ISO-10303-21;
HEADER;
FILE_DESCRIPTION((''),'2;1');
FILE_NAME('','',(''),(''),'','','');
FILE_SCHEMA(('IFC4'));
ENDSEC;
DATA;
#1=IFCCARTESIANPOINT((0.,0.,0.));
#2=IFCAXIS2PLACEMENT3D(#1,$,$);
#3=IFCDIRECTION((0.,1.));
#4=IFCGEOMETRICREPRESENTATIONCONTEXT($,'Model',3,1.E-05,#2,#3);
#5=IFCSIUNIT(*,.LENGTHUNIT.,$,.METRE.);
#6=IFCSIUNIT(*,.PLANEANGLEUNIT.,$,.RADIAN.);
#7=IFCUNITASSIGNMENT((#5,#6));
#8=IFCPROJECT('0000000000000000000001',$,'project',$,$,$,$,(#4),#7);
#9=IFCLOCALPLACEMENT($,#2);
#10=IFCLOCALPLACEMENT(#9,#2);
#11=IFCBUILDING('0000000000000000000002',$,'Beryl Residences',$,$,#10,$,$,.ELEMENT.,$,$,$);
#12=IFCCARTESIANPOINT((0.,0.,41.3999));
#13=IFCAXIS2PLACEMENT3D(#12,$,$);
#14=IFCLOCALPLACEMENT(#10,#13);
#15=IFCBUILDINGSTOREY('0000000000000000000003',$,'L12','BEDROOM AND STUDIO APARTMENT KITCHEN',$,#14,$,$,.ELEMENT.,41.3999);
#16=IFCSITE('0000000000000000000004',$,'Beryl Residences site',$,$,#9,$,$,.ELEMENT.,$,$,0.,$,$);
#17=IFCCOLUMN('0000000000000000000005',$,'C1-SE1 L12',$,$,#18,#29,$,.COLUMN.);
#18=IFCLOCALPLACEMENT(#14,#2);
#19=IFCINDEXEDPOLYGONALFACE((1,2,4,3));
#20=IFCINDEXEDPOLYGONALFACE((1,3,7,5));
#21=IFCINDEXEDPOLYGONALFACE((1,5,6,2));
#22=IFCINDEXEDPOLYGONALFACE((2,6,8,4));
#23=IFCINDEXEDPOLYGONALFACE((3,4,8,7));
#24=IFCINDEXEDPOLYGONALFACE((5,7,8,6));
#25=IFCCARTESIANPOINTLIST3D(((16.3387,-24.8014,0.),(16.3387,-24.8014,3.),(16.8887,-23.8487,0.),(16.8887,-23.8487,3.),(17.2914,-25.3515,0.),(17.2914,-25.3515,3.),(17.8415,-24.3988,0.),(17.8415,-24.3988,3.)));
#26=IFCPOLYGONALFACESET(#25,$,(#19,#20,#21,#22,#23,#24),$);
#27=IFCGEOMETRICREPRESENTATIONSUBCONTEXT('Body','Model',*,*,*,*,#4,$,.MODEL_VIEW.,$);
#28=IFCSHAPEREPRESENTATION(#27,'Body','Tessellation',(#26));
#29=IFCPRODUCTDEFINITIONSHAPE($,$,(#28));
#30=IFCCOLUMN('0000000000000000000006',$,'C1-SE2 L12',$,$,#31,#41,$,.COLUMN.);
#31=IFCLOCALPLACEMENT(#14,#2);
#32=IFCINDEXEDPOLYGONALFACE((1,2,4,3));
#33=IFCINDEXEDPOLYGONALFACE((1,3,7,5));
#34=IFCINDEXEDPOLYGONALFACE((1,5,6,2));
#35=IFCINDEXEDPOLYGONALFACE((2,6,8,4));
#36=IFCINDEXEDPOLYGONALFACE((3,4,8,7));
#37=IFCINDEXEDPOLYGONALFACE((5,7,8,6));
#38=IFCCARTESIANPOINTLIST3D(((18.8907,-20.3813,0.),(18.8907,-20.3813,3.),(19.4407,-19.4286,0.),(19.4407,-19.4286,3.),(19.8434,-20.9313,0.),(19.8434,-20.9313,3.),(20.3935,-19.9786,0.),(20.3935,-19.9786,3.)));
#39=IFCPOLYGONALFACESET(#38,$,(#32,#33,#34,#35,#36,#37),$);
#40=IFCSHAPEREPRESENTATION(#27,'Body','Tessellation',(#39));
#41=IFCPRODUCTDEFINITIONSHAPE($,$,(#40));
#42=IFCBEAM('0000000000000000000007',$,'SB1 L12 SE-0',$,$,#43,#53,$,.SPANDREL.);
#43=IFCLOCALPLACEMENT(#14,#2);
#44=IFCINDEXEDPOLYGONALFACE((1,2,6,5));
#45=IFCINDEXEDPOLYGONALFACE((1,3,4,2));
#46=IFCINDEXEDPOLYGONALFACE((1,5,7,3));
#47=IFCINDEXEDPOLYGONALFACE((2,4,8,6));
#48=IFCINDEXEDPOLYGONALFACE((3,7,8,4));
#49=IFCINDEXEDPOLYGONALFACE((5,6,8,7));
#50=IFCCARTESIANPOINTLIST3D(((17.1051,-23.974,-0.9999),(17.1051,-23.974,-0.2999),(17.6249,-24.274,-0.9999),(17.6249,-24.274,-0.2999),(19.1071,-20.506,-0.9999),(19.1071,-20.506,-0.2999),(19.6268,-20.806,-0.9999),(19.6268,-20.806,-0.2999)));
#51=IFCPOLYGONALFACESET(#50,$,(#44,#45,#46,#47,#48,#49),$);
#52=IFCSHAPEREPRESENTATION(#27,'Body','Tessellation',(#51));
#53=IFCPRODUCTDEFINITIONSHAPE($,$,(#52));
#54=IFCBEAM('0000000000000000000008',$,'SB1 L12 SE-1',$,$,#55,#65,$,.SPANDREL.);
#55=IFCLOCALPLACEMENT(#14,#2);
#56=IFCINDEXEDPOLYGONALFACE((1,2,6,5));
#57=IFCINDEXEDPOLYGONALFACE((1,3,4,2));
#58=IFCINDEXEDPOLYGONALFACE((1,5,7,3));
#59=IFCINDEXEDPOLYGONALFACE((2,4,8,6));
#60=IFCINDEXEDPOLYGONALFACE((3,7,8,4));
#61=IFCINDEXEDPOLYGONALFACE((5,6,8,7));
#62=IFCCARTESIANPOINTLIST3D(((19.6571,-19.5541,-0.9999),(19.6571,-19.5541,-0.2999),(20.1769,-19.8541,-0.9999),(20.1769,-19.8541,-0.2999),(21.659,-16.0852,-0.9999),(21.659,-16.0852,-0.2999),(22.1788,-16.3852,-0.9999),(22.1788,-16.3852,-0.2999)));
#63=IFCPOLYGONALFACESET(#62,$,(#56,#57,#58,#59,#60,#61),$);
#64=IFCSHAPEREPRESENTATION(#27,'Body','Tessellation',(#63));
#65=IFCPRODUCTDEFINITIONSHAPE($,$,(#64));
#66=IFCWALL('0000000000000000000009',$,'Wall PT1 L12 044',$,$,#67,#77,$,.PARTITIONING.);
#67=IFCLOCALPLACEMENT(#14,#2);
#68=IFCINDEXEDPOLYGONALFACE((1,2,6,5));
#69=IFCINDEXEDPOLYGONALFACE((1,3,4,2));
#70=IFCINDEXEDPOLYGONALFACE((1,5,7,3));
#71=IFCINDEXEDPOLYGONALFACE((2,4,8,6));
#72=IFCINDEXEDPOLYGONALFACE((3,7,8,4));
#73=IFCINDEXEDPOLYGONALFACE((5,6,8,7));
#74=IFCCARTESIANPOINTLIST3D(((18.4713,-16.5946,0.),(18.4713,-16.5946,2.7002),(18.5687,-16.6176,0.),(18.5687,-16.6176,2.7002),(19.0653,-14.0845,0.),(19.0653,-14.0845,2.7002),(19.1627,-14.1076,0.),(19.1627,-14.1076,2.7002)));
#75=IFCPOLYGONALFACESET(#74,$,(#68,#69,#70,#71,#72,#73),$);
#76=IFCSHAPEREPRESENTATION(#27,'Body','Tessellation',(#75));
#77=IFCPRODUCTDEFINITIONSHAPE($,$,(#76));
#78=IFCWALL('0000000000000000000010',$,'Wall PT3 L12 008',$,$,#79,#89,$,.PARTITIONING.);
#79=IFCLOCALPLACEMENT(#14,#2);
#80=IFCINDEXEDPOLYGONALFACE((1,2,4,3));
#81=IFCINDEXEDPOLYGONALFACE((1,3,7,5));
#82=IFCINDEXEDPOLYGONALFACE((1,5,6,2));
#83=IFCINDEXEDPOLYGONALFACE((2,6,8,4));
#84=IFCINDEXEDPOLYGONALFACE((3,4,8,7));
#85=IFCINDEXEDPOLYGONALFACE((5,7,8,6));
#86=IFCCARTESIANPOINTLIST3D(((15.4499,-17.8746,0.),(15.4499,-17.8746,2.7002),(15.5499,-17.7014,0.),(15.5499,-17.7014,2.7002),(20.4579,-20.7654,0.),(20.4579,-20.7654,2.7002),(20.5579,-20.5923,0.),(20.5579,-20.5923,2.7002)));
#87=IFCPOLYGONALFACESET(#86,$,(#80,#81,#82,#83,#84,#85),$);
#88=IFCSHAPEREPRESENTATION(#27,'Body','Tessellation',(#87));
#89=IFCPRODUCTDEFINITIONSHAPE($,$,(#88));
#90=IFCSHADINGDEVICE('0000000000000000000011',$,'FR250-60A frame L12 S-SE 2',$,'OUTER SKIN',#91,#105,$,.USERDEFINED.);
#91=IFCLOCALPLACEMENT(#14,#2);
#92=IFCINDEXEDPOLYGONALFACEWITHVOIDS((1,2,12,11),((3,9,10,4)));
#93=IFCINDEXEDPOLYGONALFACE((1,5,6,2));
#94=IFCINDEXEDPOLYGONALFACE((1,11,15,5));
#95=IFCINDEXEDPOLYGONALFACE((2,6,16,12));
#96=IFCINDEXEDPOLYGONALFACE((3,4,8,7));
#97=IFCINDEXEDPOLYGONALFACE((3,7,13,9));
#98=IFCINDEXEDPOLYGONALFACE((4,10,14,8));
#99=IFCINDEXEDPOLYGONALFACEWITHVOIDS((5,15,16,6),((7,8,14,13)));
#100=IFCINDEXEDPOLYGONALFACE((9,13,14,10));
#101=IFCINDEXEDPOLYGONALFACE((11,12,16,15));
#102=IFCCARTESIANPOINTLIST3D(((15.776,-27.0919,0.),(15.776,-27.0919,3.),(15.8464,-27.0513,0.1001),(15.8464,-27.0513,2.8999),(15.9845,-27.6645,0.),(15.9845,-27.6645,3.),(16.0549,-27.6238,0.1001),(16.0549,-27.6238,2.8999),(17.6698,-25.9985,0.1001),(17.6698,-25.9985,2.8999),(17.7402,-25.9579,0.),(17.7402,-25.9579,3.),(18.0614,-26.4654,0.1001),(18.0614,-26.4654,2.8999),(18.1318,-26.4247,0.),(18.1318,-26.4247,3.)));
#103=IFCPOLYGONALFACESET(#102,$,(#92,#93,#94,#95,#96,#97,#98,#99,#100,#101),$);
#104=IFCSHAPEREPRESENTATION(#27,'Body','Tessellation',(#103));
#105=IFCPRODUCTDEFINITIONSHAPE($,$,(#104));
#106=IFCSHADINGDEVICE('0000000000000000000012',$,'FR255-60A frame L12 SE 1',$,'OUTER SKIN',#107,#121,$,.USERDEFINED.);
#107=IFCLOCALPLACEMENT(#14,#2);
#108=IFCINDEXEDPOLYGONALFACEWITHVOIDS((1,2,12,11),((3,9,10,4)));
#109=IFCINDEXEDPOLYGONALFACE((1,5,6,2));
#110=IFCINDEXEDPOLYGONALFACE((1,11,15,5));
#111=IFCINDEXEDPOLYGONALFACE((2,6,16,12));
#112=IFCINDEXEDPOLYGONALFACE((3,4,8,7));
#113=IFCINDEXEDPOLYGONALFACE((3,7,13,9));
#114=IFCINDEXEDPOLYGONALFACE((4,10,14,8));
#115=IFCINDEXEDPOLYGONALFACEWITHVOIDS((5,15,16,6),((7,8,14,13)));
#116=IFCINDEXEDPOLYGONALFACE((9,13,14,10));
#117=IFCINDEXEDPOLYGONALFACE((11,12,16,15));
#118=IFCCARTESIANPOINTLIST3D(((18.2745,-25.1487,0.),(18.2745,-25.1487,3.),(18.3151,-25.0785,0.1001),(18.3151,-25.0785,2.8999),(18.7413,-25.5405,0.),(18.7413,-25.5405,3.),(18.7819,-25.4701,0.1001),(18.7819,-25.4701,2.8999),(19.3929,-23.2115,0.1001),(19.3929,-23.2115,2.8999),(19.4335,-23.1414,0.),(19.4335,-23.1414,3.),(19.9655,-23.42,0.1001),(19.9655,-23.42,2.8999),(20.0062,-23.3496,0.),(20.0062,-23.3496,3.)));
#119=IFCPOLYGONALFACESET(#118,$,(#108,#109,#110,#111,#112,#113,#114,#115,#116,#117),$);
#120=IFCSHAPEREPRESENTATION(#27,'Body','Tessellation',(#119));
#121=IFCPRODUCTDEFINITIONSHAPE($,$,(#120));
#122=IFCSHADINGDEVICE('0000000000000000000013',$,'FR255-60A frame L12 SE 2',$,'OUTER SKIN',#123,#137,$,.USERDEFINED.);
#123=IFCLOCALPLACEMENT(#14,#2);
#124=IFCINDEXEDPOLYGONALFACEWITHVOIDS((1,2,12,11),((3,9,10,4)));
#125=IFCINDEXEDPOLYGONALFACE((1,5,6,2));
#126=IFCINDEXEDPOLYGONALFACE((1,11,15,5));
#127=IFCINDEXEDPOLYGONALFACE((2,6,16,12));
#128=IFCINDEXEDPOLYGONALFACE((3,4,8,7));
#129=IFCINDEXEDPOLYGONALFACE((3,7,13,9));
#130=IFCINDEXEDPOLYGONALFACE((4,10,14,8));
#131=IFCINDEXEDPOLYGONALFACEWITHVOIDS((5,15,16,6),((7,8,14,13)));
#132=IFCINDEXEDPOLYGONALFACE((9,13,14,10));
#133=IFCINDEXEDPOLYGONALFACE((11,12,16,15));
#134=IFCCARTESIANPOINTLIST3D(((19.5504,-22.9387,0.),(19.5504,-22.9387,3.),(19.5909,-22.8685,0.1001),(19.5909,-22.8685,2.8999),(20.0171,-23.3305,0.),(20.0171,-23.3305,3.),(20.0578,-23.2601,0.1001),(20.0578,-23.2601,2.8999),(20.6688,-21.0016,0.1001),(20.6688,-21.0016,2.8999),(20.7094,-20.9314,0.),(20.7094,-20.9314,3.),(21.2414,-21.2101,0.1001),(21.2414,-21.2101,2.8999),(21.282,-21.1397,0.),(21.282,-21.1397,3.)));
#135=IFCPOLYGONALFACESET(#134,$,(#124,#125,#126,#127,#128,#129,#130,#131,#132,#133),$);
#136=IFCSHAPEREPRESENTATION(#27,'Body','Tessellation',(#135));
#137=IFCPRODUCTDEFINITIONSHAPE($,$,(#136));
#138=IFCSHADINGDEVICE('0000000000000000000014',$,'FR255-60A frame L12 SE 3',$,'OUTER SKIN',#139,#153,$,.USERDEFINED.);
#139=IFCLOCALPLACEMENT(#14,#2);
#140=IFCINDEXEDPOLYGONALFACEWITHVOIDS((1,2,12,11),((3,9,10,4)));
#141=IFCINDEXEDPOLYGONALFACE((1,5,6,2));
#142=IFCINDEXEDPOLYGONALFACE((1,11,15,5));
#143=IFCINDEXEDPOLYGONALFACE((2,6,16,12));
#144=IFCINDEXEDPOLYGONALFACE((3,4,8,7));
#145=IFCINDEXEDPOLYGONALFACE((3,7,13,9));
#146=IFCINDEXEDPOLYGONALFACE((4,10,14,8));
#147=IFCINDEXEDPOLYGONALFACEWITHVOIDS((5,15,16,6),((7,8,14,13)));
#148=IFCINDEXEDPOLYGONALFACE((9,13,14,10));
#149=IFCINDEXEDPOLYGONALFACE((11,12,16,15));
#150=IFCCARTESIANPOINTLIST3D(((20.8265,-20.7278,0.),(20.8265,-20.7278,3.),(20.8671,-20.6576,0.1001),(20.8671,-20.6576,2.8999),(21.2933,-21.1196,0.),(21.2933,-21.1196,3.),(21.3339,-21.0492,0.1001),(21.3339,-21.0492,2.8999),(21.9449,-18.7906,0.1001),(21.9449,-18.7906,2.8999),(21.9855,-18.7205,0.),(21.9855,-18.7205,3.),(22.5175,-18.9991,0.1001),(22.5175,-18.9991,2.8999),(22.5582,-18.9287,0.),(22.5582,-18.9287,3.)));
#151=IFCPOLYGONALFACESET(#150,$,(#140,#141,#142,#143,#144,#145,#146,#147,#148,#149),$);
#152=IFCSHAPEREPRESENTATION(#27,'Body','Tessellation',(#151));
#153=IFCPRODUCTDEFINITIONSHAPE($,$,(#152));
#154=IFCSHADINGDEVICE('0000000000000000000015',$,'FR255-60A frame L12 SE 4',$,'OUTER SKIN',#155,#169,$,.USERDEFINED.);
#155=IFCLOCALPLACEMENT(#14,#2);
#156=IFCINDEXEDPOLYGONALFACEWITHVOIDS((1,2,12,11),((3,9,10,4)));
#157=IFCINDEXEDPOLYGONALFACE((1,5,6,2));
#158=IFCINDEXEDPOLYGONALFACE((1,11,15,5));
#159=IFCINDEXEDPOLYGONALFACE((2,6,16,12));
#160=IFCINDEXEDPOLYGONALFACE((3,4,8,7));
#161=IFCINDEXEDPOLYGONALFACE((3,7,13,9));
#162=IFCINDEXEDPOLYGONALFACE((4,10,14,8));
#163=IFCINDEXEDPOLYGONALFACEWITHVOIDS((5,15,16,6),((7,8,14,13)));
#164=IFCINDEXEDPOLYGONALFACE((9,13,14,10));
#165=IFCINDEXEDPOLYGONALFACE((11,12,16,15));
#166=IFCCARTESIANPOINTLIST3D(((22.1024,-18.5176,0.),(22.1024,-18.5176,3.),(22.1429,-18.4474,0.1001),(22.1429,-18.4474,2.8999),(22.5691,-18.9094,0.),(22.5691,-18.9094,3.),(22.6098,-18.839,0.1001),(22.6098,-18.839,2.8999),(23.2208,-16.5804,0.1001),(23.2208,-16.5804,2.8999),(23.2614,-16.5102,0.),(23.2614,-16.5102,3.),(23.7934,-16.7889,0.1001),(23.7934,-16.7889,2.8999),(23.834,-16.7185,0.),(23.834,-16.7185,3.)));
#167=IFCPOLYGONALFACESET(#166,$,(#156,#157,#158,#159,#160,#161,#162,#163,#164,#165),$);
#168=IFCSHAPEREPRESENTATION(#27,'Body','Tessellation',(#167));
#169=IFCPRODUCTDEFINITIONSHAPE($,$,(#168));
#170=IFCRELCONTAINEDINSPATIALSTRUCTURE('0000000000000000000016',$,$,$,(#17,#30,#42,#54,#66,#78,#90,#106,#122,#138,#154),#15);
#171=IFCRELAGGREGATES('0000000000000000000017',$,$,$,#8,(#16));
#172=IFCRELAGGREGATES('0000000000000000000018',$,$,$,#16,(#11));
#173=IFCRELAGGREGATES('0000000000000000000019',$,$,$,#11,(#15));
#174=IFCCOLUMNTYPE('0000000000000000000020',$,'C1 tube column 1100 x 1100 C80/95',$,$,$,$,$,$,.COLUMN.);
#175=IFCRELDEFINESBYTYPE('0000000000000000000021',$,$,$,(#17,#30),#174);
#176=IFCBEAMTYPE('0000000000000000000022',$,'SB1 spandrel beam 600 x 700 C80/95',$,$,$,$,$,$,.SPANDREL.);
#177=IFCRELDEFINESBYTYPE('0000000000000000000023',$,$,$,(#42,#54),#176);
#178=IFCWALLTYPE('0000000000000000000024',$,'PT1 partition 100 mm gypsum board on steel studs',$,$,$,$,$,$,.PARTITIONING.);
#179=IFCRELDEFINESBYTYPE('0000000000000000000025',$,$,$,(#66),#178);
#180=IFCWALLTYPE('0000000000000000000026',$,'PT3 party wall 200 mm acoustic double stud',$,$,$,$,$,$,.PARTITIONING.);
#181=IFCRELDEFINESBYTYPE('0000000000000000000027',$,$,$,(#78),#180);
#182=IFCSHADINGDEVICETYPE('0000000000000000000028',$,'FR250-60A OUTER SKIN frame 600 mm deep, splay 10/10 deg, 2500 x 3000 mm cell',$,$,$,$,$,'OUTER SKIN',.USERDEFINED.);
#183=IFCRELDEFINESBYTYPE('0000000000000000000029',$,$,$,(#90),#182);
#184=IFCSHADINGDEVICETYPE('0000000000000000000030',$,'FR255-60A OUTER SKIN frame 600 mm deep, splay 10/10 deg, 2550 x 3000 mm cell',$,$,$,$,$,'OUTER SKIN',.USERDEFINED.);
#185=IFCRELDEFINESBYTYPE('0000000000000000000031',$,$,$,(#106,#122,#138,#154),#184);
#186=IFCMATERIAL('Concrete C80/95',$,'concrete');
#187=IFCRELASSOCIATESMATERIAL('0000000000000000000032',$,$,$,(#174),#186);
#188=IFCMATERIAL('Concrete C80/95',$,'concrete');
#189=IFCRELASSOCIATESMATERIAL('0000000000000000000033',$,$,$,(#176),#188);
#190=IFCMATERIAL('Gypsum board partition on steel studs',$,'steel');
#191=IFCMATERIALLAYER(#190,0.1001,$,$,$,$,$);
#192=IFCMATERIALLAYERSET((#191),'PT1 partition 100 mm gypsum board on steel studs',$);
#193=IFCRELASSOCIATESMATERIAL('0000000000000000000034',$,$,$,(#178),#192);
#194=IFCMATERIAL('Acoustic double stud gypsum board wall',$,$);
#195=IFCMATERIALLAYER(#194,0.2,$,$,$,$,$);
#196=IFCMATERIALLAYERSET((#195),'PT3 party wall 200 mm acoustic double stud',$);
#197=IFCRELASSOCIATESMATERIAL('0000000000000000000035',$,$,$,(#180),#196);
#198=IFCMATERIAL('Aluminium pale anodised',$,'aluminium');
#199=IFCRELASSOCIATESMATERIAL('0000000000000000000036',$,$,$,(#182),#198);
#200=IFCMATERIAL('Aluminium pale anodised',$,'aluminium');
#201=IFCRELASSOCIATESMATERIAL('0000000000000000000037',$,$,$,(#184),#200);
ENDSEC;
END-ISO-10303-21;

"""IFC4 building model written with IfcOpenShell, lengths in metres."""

from ifc_helpers import new_model, entity, si_unit, direction, frame, frame_2d, origin, origin_2d, place, context, subcontext, project, spatial, rectangle, extrude, source, transform, mapped, material, layer, layer_set, material_profile, profile_set, type_object, type_shapes, element, save


model = new_model("IFC4")

# Units and contexts
model_context = context("Model", 3, precision=1e-05, world=origin(), true_north=direction((0.0, 1.0)))
body_context = subcontext(model_context, "Body", "Model", "MODEL_VIEW")
ifc_project = project(units=[si_unit("LENGTHUNIT", "METRE"), si_unit("PLANEANGLEUNIT", "RADIAN")], contexts=[model_context])

# Site, building, storey
site_placement = place(None, origin())
site = spatial("IfcSite", under=ifc_project, at=site_placement, Name="Beryl Residences site", CompositionType="ELEMENT", RefElevation=0.0)
building_placement = place(site_placement, origin())
building = spatial("IfcBuilding", under=site, at=building_placement, Name="Beryl Residences", CompositionType="ELEMENT")
storey_placement = place(building_placement, frame((0.0, 0.0, 41.3999)))
storey = spatial("IfcBuildingStorey", under=building, at=storey_placement, Name="L12", Description="BEDROOM AND STUDIO APARTMENT KITCHEN", CompositionType="ELEMENT", Elevation=41.3999)

# Columns
ifc_material_1 = material(Name="Concrete C80/95", Category="concrete")
ifc_material_profile_1 = material_profile(ifc_material_1, rectangle(XDim=1.1001, YDim=1.1001, at=origin_2d()))
ifc_profile_set_1 = profile_set([ifc_material_profile_1], Name="Concrete C80/95")
column_type = type_object("IfcColumnType", Name="C1 tube column 1100 x 1100 C80/95", PredefinedType="COLUMN", material=ifc_profile_set_1)
for number, where, z_axis, x_axis, name in (
    (1, (17.0901, -24.6001, 0.0), (0.0, 0.0, 1.0), (0.499985, 0.866034, 0.0), "C1-SE1 L12"),
    (2, (19.6421, -20.1799, 0.0), (0.0, 0.0, 1.0), (0.499985, 0.866034, 0.0), "C1-SE2 L12"),
):
    element("IfcColumn", number, at=place(storey_placement, frame(where, z_axis=z_axis, x_axis=x_axis)), inside=storey, type_object=column_type, Name=name, PredefinedType="COLUMN", context=body_context, shape_type="SweptSolid", body=[
        extrude(rectangle(XDim=1.1001, YDim=1.1001, at=origin_2d()), origin(), (0.0, 0.0, 1.0), 3.0),
    ])

# Beams
ifc_material_2 = material(Name="Concrete C80/95", Category="concrete")
ifc_material_profile_2 = material_profile(ifc_material_2, rectangle(XDim=0.6001, YDim=0.7, at=origin_2d()))
ifc_profile_set_2 = profile_set([ifc_material_profile_2], Name="Concrete C80/95")
beam_type = type_object("IfcBeamType", Name="SB1 spandrel beam 600 x 700 C80/95", PredefinedType="SPANDREL", material=ifc_profile_set_2)
beam_1_placement = place(storey_placement, frame((17.365, -24.124, -0.6499), z_axis=(0.499942, 0.866059, 0.0), x_axis=(-0.866059, 0.499942, 0.0)))
element("IfcBeam", 3, at=beam_1_placement, inside=storey, type_object=beam_type, Name="SB1 L12 SE-0", PredefinedType="SPANDREL", context=body_context, shape_type="SweptSolid", body=[
    extrude(rectangle(XDim=0.6001, YDim=0.7, at=origin_2d()), origin(), (0.0, 0.0, 1.0), 4.0044),
])
beam_2_placement = place(storey_placement, frame((19.917, -19.7041, -0.6499), z_axis=(0.499837, 0.86612, 0.0), x_axis=(-0.86612, 0.499837, 0.0)))
element("IfcBeam", 4, at=beam_2_placement, inside=storey, type_object=beam_type, Name="SB1 L12 SE-1", PredefinedType="SPANDREL", context=body_context, shape_type="SweptSolid", body=[
    extrude(rectangle(XDim=0.6001, YDim=0.7, at=origin_2d()), origin(), (0.0, 0.0, 1.0), 4.0051),
])

# Walls
ifc_material_3 = material(Name="Gypsum board partition on steel studs", Category="steel")
ifc_layer_1 = layer(ifc_material_3, 0.1001)
ifc_layer_set_1 = layer_set([ifc_layer_1], Name="PT1 partition 100 mm gypsum board on steel studs")
wall_type_1 = type_object("IfcWallType", Name="PT1 partition 100 mm gypsum board on steel studs", PredefinedType="PARTITIONING", material=ifc_layer_set_1)
wall_1_placement = place(storey_placement, frame((18.52, -16.606, 0.0), z_axis=(0.0, 0.0, 1.0), x_axis=(0.230289, 0.973122, 0.0)))
element("IfcWall", 5, at=wall_1_placement, inside=storey, type_object=wall_type_1, Name="Wall PT1 L12 044", PredefinedType="PARTITIONING", context=body_context, shape_type="SweptSolid", body=[
    extrude(rectangle(XDim=2.5793, YDim=0.1001, at=frame_2d((1.2896, 0.0))), origin(), (0.0, 0.0, 1.0), 2.7002),
])
ifc_material_4 = material(Name="Acoustic double stud gypsum board wall")
ifc_layer_2 = layer(ifc_material_4, 0.2)
ifc_layer_set_2 = layer_set([ifc_layer_2], Name="PT3 party wall 200 mm acoustic double stud")
wall_type_2 = type_object("IfcWallType", Name="PT3 party wall 200 mm acoustic double stud", PredefinedType="PARTITIONING", material=ifc_layer_set_2)
wall_2_placement = place(storey_placement, frame((15.5, -17.7881, 0.0), z_axis=(0.0, 0.0, 1.0), x_axis=(0.866065, -0.499931, 0.0)))
element("IfcWall", 6, at=wall_2_placement, inside=storey, type_object=wall_type_2, Name="Wall PT3 L12 008", PredefinedType="PARTITIONING", context=body_context, shape_type="SweptSolid", body=[
    extrude(rectangle(XDim=5.7825, YDim=0.2, at=frame_2d((2.8911, 0.0))), origin(), (0.0, 0.0, 1.0), 2.7002),
])

# Shading devices
ifc_material_5 = material(Name="Aluminium pale anodised", Category="aluminium")
shading_device_type_1 = type_object("IfcShadingDeviceType", Name="FR250-60A OUTER SKIN frame 600 mm deep, splay 10/10 deg, 2500 x 3000 mm cell", ElementType="OUTER SKIN", PredefinedType="USERDEFINED", material=ifc_material_5)
cartesian_point_1 = entity("IfcCartesianPoint", [-1.134, 0.0])
cartesian_point_2 = entity("IfcCartesianPoint", [-1.0527, 0.1001])
cartesian_point_3 = entity("IfcCartesianPoint", [-1.2397, 0.0])
cartesian_point_4 = entity("IfcCartesianPoint", [-1.1584, 0.1001])
shared_shape_1 = source(origin(), body_context, "Body", "SweptSolid", [
    entity("IfcExtrudedAreaSolidTapered", entity("IfcArbitraryProfileDefWithVoids", "AREA", None, entity("IfcPolyline", [cartesian_point_1, entity("IfcCartesianPoint", [1.134, 0.0]), entity("IfcCartesianPoint", [1.134, 3.0]), entity("IfcCartesianPoint", [-1.134, 3.0]), cartesian_point_1]), [entity("IfcPolyline", [cartesian_point_2, entity("IfcCartesianPoint", [1.0527, 0.1001]), entity("IfcCartesianPoint", [1.0527, 2.8999]), entity("IfcCartesianPoint", [-1.0527, 2.8999]), cartesian_point_2])]), entity("IfcAxis2Placement3D", entity("IfcCartesianPoint", [0.0, 0.0, 0.0]), entity("IfcDirection", [0.0, 1.0, 0.0]), entity("IfcDirection", [-1.0, 0.0, 0.0])), entity("IfcDirection", [0.0, 0.0, 1.0]), 0.6001, entity("IfcArbitraryProfileDefWithVoids", "AREA", None, entity("IfcPolyline", [cartesian_point_3, entity("IfcCartesianPoint", [1.2397, 0.0]), entity("IfcCartesianPoint", [1.2397, 3.0]), entity("IfcCartesianPoint", [-1.2397, 3.0]), cartesian_point_3]), [entity("IfcPolyline", [cartesian_point_4, entity("IfcCartesianPoint", [1.1584, 0.1001]), entity("IfcCartesianPoint", [1.1584, 2.8999]), entity("IfcCartesianPoint", [-1.1584, 2.8999]), cartesian_point_4])])),
])
type_shapes(shading_device_type_1, [shared_shape_1])
shading_device_placement = place(storey_placement, frame((16.7581, -26.5249, 0.0), z_axis=(0.0, 0.0, 1.0), x_axis=(-0.866025, -0.5, 0.0)))
element("IfcShadingDevice", 7, at=shading_device_placement, inside=storey, type_object=shading_device_type_1, Name="FR250-60A frame L12 S-SE 2", ObjectType="OUTER SKIN", PredefinedType="USERDEFINED", context=body_context, shape_type="MappedRepresentation", body=[
    mapped(shared_shape_1, transform((0.0, 0.0, 0.0))),
])
ifc_material_6 = material(Name="Aluminium pale anodised", Category="aluminium")
shading_device_type_2 = type_object("IfcShadingDeviceType", Name="FR255-60A OUTER SKIN frame 600 mm deep, splay 10/10 deg, 2550 x 3000 mm cell", ElementType="OUTER SKIN", PredefinedType="USERDEFINED", material=ifc_material_6)
cartesian_point_5 = entity("IfcCartesianPoint", [-1.1589, 0.0])
cartesian_point_6 = entity("IfcCartesianPoint", [-1.0779, 0.1001])
cartesian_point_7 = entity("IfcCartesianPoint", [-1.2649, 0.0])
cartesian_point_8 = entity("IfcCartesianPoint", [-1.1836, 0.1001])
shared_shape_2 = source(origin(), body_context, "Body", "SweptSolid", [
    entity("IfcExtrudedAreaSolidTapered", entity("IfcArbitraryProfileDefWithVoids", "AREA", None, entity("IfcPolyline", [cartesian_point_5, entity("IfcCartesianPoint", [1.1589, 0.0]), entity("IfcCartesianPoint", [1.1589, 3.0]), entity("IfcCartesianPoint", [-1.1589, 3.0]), cartesian_point_5]), [entity("IfcPolyline", [cartesian_point_6, entity("IfcCartesianPoint", [1.0779, 0.1001]), entity("IfcCartesianPoint", [1.0779, 2.8999]), entity("IfcCartesianPoint", [-1.0779, 2.8999]), cartesian_point_6])]), entity("IfcAxis2Placement3D", entity("IfcCartesianPoint", [0.0, 0.0, 0.0]), entity("IfcDirection", [0.0, 1.0, 0.0]), entity("IfcDirection", [-1.0, 0.0, 0.0])), entity("IfcDirection", [0.0, 0.0, 1.0]), 0.6001, entity("IfcArbitraryProfileDefWithVoids", "AREA", None, entity("IfcPolyline", [cartesian_point_7, entity("IfcCartesianPoint", [1.2649, 0.0]), entity("IfcCartesianPoint", [1.2649, 3.0]), entity("IfcCartesianPoint", [-1.2649, 3.0]), cartesian_point_7]), [entity("IfcPolyline", [cartesian_point_8, entity("IfcCartesianPoint", [1.1836, 0.1001]), entity("IfcCartesianPoint", [1.1836, 2.8999]), entity("IfcCartesianPoint", [-1.1836, 2.8999]), cartesian_point_8])])),
])
type_shapes(shading_device_type_2, [shared_shape_2])
for number, where, z_axis, x_axis, name in (
    (8, (18.854, -24.145, 0.0), (0.0, 0.0, 1.0), (-0.5, -0.866025, 0.0), "FR255-60A frame L12 SE 1"),
    (9, (20.1299, -21.9351, 0.0), (0.0, 0.0, 1.0), (-0.5, -0.866025, 0.0), "FR255-60A frame L12 SE 2"),
    (10, (21.406, -19.7241, 0.0), (0.0, 0.0, 1.0), (-0.5, -0.866025, 0.0), "FR255-60A frame L12 SE 3"),
    (11, (22.6819, -17.5139, 0.0), (0.0, 0.0, 1.0), (-0.5, -0.866025, 0.0), "FR255-60A frame L12 SE 4"),
):
    element("IfcShadingDevice", number, at=place(storey_placement, frame(where, z_axis=z_axis, x_axis=x_axis)), inside=storey, type_object=shading_device_type_2, Name=name, ObjectType="OUTER SKIN", PredefinedType="USERDEFINED", context=body_context, shape_type="MappedRepresentation", body=[
        mapped(shared_shape_2, transform((0.0, 0.0, 0.0))),
    ])

save(model, "model.ifc")
